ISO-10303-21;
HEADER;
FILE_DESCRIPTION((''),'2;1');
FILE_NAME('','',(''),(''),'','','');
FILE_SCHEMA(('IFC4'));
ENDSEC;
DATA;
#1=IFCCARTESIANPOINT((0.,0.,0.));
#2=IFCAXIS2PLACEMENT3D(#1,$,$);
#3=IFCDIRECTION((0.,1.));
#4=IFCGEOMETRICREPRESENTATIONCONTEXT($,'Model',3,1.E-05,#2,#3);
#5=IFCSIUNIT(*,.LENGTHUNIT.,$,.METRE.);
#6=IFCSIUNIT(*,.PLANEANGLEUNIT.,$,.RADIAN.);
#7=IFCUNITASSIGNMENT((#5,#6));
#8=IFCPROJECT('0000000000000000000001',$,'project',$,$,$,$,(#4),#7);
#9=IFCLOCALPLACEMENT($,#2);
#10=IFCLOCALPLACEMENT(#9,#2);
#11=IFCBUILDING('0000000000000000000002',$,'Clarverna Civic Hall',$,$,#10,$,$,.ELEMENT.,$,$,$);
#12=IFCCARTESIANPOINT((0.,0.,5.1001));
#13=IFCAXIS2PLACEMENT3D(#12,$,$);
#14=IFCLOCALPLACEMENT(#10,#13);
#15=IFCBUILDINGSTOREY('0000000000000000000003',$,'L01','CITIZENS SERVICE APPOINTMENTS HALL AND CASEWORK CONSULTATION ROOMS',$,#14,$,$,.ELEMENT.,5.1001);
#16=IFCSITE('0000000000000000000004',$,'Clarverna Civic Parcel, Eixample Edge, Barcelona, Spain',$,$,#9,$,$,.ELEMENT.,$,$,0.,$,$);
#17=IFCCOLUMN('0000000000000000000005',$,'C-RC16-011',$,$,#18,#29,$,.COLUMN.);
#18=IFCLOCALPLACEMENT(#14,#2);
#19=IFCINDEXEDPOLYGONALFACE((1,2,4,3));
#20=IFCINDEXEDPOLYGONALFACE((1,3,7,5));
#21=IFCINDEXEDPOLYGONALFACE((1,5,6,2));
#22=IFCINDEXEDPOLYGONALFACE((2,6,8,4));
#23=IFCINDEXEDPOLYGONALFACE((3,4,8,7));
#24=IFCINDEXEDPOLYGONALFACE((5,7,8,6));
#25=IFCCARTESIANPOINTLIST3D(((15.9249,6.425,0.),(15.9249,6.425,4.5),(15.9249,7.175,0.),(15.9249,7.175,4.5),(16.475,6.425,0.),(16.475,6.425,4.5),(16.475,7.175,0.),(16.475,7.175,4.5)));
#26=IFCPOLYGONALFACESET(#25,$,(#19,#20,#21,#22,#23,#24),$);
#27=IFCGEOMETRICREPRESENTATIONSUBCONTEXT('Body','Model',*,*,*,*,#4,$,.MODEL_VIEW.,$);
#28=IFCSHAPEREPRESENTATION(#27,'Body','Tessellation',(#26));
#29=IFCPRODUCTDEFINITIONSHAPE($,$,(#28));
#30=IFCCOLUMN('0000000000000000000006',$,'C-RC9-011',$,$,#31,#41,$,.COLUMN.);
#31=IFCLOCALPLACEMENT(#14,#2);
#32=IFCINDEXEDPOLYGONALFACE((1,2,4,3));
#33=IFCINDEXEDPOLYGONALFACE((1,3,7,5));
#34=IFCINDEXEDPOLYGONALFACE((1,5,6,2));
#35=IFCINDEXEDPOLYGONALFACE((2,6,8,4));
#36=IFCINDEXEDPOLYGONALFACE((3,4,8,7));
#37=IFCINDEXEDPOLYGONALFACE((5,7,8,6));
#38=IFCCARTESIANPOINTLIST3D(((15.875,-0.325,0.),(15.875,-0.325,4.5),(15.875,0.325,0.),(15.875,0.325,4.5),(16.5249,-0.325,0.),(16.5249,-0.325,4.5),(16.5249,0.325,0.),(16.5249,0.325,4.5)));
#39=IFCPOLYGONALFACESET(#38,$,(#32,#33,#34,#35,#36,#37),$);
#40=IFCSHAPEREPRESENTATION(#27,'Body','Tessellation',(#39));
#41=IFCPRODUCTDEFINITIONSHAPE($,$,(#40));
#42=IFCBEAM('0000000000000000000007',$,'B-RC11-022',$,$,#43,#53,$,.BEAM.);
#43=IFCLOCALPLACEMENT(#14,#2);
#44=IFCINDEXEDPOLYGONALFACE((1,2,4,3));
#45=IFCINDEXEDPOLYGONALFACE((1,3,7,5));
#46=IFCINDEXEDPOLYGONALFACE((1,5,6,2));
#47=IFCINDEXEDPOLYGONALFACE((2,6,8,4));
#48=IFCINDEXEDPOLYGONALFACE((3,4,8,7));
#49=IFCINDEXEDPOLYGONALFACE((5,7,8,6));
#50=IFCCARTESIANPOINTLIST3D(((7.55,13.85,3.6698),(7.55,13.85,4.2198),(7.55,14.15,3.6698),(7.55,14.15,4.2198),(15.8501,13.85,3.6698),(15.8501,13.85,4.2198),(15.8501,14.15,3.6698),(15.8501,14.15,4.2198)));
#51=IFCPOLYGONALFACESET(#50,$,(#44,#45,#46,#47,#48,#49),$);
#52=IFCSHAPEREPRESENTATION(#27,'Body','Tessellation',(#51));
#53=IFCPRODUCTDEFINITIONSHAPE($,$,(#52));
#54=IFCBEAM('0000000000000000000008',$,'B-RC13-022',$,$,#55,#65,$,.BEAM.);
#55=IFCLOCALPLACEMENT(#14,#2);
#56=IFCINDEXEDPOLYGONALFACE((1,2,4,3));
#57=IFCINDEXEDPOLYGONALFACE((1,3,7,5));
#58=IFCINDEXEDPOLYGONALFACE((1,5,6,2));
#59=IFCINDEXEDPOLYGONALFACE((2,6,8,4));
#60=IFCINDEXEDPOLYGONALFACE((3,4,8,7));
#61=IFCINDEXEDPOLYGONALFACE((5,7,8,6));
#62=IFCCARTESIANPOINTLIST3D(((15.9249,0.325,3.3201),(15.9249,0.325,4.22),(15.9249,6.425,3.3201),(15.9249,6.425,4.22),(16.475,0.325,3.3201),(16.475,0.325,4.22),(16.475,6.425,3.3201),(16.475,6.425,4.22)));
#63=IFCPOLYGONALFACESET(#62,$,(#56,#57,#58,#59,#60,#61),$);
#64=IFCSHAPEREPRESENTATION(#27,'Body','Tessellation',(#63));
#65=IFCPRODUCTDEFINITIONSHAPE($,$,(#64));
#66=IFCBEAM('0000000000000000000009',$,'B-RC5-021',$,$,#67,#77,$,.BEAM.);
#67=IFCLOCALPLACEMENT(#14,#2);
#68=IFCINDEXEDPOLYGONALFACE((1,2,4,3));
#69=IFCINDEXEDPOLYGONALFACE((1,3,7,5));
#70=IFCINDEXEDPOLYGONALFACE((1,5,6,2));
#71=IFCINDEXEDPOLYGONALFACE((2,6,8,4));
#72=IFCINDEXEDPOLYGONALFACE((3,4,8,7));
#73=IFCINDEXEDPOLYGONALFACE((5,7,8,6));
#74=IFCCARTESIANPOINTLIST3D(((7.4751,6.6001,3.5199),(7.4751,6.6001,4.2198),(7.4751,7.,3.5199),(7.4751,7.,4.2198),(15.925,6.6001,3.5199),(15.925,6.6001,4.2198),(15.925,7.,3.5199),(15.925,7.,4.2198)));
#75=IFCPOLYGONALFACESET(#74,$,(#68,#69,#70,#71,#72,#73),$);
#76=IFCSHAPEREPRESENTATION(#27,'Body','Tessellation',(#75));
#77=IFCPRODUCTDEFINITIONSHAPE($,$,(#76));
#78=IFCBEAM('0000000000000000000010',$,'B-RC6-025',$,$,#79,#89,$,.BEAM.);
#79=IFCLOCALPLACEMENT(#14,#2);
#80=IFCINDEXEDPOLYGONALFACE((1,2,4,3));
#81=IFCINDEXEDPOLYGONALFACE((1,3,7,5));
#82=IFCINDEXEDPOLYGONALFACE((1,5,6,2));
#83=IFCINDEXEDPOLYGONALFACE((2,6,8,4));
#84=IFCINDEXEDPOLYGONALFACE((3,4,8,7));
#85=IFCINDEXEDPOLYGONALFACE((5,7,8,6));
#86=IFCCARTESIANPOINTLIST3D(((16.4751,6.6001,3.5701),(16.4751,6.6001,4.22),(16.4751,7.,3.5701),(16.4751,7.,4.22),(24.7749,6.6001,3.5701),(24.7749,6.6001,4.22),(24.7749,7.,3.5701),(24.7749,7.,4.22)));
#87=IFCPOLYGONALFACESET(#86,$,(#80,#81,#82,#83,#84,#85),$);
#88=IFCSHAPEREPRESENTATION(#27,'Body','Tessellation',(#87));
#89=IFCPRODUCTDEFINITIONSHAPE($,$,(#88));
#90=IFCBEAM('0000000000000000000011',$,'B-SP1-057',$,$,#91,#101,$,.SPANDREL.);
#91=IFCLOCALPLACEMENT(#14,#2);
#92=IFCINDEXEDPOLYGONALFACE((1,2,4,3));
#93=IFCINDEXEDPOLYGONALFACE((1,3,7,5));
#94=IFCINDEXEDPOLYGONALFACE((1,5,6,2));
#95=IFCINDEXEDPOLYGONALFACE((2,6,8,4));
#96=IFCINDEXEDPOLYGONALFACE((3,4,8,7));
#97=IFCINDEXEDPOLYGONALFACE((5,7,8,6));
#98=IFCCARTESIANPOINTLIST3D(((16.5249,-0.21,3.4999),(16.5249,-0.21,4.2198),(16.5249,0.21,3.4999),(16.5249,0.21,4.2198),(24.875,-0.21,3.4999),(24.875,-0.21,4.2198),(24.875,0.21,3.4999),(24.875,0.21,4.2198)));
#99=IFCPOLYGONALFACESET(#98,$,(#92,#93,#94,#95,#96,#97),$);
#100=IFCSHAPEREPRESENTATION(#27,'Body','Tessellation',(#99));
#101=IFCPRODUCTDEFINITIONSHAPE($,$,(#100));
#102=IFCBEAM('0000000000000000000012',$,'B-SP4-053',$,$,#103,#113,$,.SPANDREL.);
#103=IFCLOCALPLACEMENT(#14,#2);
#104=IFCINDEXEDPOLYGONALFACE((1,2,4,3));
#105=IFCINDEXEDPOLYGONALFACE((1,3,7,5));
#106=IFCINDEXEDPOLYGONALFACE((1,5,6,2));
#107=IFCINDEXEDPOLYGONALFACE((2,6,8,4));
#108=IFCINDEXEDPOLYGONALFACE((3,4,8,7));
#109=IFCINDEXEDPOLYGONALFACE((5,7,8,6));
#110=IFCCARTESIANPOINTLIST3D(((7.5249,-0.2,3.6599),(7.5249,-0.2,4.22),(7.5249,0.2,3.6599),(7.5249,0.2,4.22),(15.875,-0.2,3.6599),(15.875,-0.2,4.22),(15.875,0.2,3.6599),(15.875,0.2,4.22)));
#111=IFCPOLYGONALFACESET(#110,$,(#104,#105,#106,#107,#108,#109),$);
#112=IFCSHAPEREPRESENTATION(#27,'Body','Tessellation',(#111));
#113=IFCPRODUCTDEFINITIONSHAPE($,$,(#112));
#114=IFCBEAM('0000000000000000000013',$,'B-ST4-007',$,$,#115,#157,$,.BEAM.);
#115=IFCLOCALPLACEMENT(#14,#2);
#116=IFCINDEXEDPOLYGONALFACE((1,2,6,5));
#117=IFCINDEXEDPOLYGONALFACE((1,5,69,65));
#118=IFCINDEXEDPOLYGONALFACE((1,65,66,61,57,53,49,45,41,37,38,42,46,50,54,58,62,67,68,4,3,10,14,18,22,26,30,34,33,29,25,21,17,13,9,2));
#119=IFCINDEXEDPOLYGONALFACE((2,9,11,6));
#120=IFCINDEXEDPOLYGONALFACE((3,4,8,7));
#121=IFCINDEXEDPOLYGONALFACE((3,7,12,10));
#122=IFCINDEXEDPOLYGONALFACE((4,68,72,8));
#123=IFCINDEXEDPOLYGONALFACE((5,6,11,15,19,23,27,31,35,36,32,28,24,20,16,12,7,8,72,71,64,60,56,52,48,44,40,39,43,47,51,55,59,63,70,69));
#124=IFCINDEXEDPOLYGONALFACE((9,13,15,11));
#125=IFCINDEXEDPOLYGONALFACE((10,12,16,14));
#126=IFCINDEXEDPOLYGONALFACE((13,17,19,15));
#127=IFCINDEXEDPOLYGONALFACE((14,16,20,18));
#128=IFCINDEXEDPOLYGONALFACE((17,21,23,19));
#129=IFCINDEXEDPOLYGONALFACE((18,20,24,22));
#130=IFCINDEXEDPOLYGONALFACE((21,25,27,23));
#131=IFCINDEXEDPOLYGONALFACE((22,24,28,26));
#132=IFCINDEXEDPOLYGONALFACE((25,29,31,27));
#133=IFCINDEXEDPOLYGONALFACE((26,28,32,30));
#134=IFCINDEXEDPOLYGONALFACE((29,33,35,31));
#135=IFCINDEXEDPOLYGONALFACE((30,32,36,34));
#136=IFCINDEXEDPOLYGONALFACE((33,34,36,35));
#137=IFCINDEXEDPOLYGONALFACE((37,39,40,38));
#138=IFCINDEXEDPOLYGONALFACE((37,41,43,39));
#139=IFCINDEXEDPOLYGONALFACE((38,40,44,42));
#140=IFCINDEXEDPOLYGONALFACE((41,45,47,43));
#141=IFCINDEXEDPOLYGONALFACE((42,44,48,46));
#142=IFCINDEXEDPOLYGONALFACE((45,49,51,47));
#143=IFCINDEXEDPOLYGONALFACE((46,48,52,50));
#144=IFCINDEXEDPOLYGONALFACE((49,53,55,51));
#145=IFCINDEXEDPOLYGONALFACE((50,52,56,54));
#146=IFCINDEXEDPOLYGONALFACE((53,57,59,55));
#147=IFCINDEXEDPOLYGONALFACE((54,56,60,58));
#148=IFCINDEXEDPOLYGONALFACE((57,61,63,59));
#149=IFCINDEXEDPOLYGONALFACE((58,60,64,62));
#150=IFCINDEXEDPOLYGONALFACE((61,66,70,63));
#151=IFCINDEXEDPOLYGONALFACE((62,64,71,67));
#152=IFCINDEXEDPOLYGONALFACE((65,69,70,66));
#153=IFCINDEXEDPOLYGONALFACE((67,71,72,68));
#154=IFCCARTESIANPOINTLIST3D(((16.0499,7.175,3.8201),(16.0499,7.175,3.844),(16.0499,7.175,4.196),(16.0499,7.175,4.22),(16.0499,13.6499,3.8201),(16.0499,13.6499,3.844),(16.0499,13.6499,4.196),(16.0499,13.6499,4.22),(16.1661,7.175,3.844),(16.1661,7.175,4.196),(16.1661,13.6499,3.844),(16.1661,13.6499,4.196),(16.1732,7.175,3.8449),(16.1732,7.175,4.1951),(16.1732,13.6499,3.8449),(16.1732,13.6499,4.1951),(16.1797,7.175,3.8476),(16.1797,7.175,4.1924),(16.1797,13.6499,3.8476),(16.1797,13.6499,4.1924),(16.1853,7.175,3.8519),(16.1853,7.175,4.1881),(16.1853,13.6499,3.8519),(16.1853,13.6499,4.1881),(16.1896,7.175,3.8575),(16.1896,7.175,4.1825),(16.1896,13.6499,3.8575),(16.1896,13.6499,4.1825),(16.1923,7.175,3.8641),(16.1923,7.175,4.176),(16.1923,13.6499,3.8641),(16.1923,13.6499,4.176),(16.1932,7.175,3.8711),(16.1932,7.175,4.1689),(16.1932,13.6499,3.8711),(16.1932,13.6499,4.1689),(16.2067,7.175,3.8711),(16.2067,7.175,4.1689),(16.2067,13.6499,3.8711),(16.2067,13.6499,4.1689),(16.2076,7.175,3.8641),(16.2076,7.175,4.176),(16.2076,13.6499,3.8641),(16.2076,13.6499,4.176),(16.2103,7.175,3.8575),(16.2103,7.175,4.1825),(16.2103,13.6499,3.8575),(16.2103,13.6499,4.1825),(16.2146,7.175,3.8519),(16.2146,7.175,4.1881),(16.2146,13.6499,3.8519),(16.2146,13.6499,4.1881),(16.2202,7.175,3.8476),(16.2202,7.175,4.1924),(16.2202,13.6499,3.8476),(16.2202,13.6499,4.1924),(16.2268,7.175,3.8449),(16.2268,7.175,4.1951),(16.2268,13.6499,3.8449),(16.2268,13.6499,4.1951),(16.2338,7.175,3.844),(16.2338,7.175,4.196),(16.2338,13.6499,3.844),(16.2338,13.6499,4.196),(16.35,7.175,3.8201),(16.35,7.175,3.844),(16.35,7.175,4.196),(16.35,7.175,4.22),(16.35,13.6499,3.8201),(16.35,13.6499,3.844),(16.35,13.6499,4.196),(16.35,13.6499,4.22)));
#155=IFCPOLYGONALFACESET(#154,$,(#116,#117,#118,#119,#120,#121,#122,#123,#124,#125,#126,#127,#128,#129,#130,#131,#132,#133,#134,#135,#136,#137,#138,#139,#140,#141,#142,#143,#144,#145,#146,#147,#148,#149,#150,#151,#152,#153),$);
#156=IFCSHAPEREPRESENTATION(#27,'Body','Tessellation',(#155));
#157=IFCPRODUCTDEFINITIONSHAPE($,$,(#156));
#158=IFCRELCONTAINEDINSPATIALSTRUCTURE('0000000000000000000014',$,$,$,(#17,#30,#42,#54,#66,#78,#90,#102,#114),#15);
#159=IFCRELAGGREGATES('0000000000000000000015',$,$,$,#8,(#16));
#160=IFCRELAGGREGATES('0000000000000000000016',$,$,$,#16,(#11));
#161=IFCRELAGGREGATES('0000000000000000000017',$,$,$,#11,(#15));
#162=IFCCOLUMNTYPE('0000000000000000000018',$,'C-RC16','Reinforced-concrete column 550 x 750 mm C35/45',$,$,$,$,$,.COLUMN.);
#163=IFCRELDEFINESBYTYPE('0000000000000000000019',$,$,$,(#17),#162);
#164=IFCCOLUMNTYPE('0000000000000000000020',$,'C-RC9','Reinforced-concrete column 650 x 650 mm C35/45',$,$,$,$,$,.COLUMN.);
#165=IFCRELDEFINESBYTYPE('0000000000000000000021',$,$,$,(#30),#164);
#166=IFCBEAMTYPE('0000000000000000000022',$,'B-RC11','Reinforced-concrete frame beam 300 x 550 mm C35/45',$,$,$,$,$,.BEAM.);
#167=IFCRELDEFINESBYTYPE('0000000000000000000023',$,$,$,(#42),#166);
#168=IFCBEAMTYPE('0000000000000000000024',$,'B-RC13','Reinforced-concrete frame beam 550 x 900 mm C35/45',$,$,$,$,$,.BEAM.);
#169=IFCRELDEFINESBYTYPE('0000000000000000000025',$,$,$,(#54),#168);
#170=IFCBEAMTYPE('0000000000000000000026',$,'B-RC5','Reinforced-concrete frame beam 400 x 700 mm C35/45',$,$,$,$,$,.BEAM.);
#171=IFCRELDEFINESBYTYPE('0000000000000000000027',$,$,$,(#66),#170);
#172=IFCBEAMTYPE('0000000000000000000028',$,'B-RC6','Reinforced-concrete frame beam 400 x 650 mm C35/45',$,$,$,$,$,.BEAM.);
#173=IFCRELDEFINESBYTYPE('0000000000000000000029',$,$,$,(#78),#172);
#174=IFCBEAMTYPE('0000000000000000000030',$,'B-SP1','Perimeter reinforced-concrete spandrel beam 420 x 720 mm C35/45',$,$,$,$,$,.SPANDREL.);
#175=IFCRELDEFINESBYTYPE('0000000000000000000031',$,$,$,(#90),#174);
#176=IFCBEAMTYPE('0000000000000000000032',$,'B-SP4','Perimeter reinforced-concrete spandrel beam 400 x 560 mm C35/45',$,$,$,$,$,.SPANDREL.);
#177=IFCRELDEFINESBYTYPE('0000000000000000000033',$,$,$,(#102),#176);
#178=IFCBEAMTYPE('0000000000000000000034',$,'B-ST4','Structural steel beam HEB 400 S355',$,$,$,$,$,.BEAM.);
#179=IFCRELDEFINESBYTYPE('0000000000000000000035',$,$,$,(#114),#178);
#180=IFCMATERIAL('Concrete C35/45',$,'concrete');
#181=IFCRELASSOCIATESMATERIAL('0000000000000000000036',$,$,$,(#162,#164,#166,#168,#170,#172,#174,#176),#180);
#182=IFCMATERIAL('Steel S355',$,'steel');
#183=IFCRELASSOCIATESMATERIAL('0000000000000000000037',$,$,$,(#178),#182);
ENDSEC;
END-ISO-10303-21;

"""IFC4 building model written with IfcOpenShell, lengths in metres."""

from ifc_helpers import new_model, si_unit, direction, frame, origin, origin_2d, place, context, subcontext, project, spatial, rectangle, i_section, extrude, material, material_profile, profile_set, type_object, element, save


model = new_model("IFC4")

# Units and contexts
model_context = context("Model", 3, precision=1e-05, world=origin(), true_north=direction((0.0, 1.0)))
body_context = subcontext(model_context, "Body", "Model", "MODEL_VIEW")
ifc_project = project(units=[si_unit("LENGTHUNIT", "METRE"), si_unit("PLANEANGLEUNIT", "RADIAN")], contexts=[model_context])

# Site, building, storey
site_placement = place(None, origin())
site = spatial("IfcSite", under=ifc_project, at=site_placement, Name="Clarverna Civic Parcel, Eixample Edge, Barcelona, Spain", CompositionType="ELEMENT", RefElevation=0.0)
building_placement = place(site_placement, origin())
building = spatial("IfcBuilding", under=site, at=building_placement, Name="Clarverna Civic Hall", CompositionType="ELEMENT")
storey_placement = place(building_placement, frame((0.0, 0.0, 5.1001)))
storey = spatial("IfcBuildingStorey", under=building, at=storey_placement, Name="L01", Description="CITIZENS SERVICE APPOINTMENTS HALL AND CASEWORK CONSULTATION ROOMS", CompositionType="ELEMENT", Elevation=5.1001)

# Columns
ifc_material_1 = material(Name="Concrete C35/45", Category="concrete")
ifc_material_profile_1 = material_profile(ifc_material_1, rectangle(XDim=0.55, YDim=0.75, at=origin_2d()), Name="RC 550x750")
ifc_profile_set_1 = profile_set([ifc_material_profile_1], Name="Concrete C35/45")
column_type_1 = type_object("IfcColumnType", Name="C-RC16", Description="Reinforced-concrete column 550 x 750 mm C35/45", PredefinedType="COLUMN", material=ifc_profile_set_1)
column_1_placement = place(storey_placement, frame((16.2, 6.8, 0.0), z_axis=(0.0, 0.0, 1.0), x_axis=(1.0, 0.0, 0.0)))
element("IfcColumn", 1, at=column_1_placement, inside=storey, type_object=column_type_1, Name="C-RC16-011", PredefinedType="COLUMN", context=body_context, shape_type="SweptSolid", body=[
    extrude(rectangle(XDim=0.55, YDim=0.75, at=origin_2d()), origin(), (0.0, 0.0, 1.0), 4.5),
])
ifc_material_profile_2 = material_profile(ifc_material_1, rectangle(XDim=0.6499, YDim=0.6499, at=origin_2d()), Name="RC 650x650")
ifc_profile_set_2 = profile_set([ifc_material_profile_2], Name="Concrete C35/45")
column_type_2 = type_object("IfcColumnType", Name="C-RC9", Description="Reinforced-concrete column 650 x 650 mm C35/45", PredefinedType="COLUMN", material=ifc_profile_set_2)
column_2_placement = place(storey_placement, frame((16.2, 0.0, 0.0), z_axis=(0.0, 0.0, 1.0), x_axis=(1.0, 0.0, 0.0)))
element("IfcColumn", 2, at=column_2_placement, inside=storey, type_object=column_type_2, Name="C-RC9-011", PredefinedType="COLUMN", context=body_context, shape_type="SweptSolid", body=[
    extrude(rectangle(XDim=0.6499, YDim=0.6499, at=origin_2d()), origin(), (0.0, 0.0, 1.0), 4.5),
])

# Beams
ifc_material_profile_3 = material_profile(ifc_material_1, rectangle(XDim=0.3, YDim=0.55, at=origin_2d()), Name="RC 300x550")
ifc_profile_set_3 = profile_set([ifc_material_profile_3], Name="Concrete C35/45")
beam_type_1 = type_object("IfcBeamType", Name="B-RC11", Description="Reinforced-concrete frame beam 300 x 550 mm C35/45", PredefinedType="BEAM", material=ifc_profile_set_3)
beam_1_placement = place(storey_placement, frame((7.55, 14.0, 3.9448), z_axis=(1.0, 0.0, 0.0), x_axis=(0.0, 1.0, 0.0)))
element("IfcBeam", 3, at=beam_1_placement, inside=storey, type_object=beam_type_1, Name="B-RC11-022", PredefinedType="BEAM", context=body_context, shape_type="SweptSolid", body=[
    extrude(rectangle(XDim=0.3, YDim=0.55, at=origin_2d()), origin(), (0.0, 0.0, 1.0), 8.3),
])
ifc_material_profile_4 = material_profile(ifc_material_1, rectangle(XDim=0.55, YDim=0.8999, at=origin_2d()), Name="RC 550x900")
ifc_profile_set_4 = profile_set([ifc_material_profile_4], Name="Concrete C35/45")
beam_type_2 = type_object("IfcBeamType", Name="B-RC13", Description="Reinforced-concrete frame beam 550 x 900 mm C35/45", PredefinedType="BEAM", material=ifc_profile_set_4)
beam_2_placement = place(storey_placement, frame((16.2, 0.325, 3.77), z_axis=(0.0, 1.0, 0.0), x_axis=(-1.0, 0.0, 0.0)))
element("IfcBeam", 4, at=beam_2_placement, inside=storey, type_object=beam_type_2, Name="B-RC13-022", PredefinedType="BEAM", context=body_context, shape_type="SweptSolid", body=[
    extrude(rectangle(XDim=0.55, YDim=0.8999, at=origin_2d()), origin(), (0.0, 0.0, 1.0), 6.1001),
])
ifc_material_profile_5 = material_profile(ifc_material_1, rectangle(XDim=0.3999, YDim=0.7, at=origin_2d()), Name="RC 400x700")
ifc_profile_set_5 = profile_set([ifc_material_profile_5], Name="Concrete C35/45")
beam_type_3 = type_object("IfcBeamType", Name="B-RC5", Description="Reinforced-concrete frame beam 400 x 700 mm C35/45", PredefinedType="BEAM", material=ifc_profile_set_5)
beam_3_placement = place(storey_placement, frame((7.4751, 6.8, 3.8699), z_axis=(1.0, 0.0, 0.0), x_axis=(0.0, 1.0, 0.0)))
element("IfcBeam", 5, at=beam_3_placement, inside=storey, type_object=beam_type_3, Name="B-RC5-021", PredefinedType="BEAM", context=body_context, shape_type="SweptSolid", body=[
    extrude(rectangle(XDim=0.3999, YDim=0.7, at=origin_2d()), origin(), (0.0, 0.0, 1.0), 8.45),
])
ifc_material_profile_6 = material_profile(ifc_material_1, rectangle(XDim=0.3999, YDim=0.6499, at=origin_2d()), Name="RC 400x650")
ifc_profile_set_6 = profile_set([ifc_material_profile_6], Name="Concrete C35/45")
beam_type_4 = type_object("IfcBeamType", Name="B-RC6", Description="Reinforced-concrete frame beam 400 x 650 mm C35/45", PredefinedType="BEAM", material=ifc_profile_set_6)
beam_4_placement = place(storey_placement, frame((16.4751, 6.8, 3.895), z_axis=(1.0, 0.0, 0.0), x_axis=(0.0, 1.0, 0.0)))
element("IfcBeam", 6, at=beam_4_placement, inside=storey, type_object=beam_type_4, Name="B-RC6-025", PredefinedType="BEAM", context=body_context, shape_type="SweptSolid", body=[
    extrude(rectangle(XDim=0.3999, YDim=0.6499, at=origin_2d()), origin(), (0.0, 0.0, 1.0), 8.2998),
])
ifc_material_profile_7 = material_profile(ifc_material_1, rectangle(XDim=0.4199, YDim=0.72, at=origin_2d()), Name="RC 420x720")
ifc_profile_set_7 = profile_set([ifc_material_profile_7], Name="Concrete C35/45")
beam_type_5 = type_object("IfcBeamType", Name="B-SP1", Description="Perimeter reinforced-concrete spandrel beam 420 x 720 mm C35/45", PredefinedType="SPANDREL", material=ifc_profile_set_7)
beam_5_placement = place(storey_placement, frame((16.5249, 0.0, 3.8599), z_axis=(1.0, 0.0, 0.0), x_axis=(0.0, 1.0, 0.0)))
element("IfcBeam", 7, at=beam_5_placement, inside=storey, type_object=beam_type_5, Name="B-SP1-057", PredefinedType="SPANDREL", context=body_context, shape_type="SweptSolid", body=[
    extrude(rectangle(XDim=0.4199, YDim=0.72, at=origin_2d()), origin(), (0.0, 0.0, 1.0), 8.3501),
])
ifc_material_profile_8 = material_profile(ifc_material_1, rectangle(XDim=0.3999, YDim=0.5601, at=origin_2d()), Name="RC 400x560")
ifc_profile_set_8 = profile_set([ifc_material_profile_8], Name="Concrete C35/45")
beam_type_6 = type_object("IfcBeamType", Name="B-SP4", Description="Perimeter reinforced-concrete spandrel beam 400 x 560 mm C35/45", PredefinedType="SPANDREL", material=ifc_profile_set_8)
beam_6_placement = place(storey_placement, frame((7.5249, 0.0, 3.9399), z_axis=(1.0, 0.0, 0.0), x_axis=(0.0, 1.0, 0.0)))
element("IfcBeam", 8, at=beam_6_placement, inside=storey, type_object=beam_type_6, Name="B-SP4-053", PredefinedType="SPANDREL", context=body_context, shape_type="SweptSolid", body=[
    extrude(rectangle(XDim=0.3999, YDim=0.5601, at=origin_2d()), origin(), (0.0, 0.0, 1.0), 8.3501),
])
ifc_material_2 = material(Name="Steel S355", Category="steel")
ifc_material_profile_9 = material_profile(ifc_material_2, i_section(OverallWidth=0.3, OverallDepth=0.3999, WebThickness=0.0134, FlangeThickness=0.0239, FilletRadius=0.0271, at=origin_2d()), Name="HEB 400")
ifc_profile_set_9 = profile_set([ifc_material_profile_9], Name="Steel S355")
beam_type_7 = type_object("IfcBeamType", Name="B-ST4", Description="Structural steel beam HEB 400 S355", PredefinedType="BEAM", material=ifc_profile_set_9)
beam_7_placement = place(storey_placement, frame((16.2, 7.175, 4.02), z_axis=(0.0, 1.0, 0.0), x_axis=(-1.0, 0.0, 0.0)))
element("IfcBeam", 9, at=beam_7_placement, inside=storey, type_object=beam_type_7, Name="B-ST4-007", PredefinedType="BEAM", context=body_context, shape_type="SweptSolid", body=[
    extrude(i_section(OverallWidth=0.3, OverallDepth=0.3999, WebThickness=0.0134, FlangeThickness=0.0239, FilletRadius=0.0271, at=origin_2d()), origin(), (0.0, 0.0, 1.0), 6.4749),
])

save(model, "model.ifc")
